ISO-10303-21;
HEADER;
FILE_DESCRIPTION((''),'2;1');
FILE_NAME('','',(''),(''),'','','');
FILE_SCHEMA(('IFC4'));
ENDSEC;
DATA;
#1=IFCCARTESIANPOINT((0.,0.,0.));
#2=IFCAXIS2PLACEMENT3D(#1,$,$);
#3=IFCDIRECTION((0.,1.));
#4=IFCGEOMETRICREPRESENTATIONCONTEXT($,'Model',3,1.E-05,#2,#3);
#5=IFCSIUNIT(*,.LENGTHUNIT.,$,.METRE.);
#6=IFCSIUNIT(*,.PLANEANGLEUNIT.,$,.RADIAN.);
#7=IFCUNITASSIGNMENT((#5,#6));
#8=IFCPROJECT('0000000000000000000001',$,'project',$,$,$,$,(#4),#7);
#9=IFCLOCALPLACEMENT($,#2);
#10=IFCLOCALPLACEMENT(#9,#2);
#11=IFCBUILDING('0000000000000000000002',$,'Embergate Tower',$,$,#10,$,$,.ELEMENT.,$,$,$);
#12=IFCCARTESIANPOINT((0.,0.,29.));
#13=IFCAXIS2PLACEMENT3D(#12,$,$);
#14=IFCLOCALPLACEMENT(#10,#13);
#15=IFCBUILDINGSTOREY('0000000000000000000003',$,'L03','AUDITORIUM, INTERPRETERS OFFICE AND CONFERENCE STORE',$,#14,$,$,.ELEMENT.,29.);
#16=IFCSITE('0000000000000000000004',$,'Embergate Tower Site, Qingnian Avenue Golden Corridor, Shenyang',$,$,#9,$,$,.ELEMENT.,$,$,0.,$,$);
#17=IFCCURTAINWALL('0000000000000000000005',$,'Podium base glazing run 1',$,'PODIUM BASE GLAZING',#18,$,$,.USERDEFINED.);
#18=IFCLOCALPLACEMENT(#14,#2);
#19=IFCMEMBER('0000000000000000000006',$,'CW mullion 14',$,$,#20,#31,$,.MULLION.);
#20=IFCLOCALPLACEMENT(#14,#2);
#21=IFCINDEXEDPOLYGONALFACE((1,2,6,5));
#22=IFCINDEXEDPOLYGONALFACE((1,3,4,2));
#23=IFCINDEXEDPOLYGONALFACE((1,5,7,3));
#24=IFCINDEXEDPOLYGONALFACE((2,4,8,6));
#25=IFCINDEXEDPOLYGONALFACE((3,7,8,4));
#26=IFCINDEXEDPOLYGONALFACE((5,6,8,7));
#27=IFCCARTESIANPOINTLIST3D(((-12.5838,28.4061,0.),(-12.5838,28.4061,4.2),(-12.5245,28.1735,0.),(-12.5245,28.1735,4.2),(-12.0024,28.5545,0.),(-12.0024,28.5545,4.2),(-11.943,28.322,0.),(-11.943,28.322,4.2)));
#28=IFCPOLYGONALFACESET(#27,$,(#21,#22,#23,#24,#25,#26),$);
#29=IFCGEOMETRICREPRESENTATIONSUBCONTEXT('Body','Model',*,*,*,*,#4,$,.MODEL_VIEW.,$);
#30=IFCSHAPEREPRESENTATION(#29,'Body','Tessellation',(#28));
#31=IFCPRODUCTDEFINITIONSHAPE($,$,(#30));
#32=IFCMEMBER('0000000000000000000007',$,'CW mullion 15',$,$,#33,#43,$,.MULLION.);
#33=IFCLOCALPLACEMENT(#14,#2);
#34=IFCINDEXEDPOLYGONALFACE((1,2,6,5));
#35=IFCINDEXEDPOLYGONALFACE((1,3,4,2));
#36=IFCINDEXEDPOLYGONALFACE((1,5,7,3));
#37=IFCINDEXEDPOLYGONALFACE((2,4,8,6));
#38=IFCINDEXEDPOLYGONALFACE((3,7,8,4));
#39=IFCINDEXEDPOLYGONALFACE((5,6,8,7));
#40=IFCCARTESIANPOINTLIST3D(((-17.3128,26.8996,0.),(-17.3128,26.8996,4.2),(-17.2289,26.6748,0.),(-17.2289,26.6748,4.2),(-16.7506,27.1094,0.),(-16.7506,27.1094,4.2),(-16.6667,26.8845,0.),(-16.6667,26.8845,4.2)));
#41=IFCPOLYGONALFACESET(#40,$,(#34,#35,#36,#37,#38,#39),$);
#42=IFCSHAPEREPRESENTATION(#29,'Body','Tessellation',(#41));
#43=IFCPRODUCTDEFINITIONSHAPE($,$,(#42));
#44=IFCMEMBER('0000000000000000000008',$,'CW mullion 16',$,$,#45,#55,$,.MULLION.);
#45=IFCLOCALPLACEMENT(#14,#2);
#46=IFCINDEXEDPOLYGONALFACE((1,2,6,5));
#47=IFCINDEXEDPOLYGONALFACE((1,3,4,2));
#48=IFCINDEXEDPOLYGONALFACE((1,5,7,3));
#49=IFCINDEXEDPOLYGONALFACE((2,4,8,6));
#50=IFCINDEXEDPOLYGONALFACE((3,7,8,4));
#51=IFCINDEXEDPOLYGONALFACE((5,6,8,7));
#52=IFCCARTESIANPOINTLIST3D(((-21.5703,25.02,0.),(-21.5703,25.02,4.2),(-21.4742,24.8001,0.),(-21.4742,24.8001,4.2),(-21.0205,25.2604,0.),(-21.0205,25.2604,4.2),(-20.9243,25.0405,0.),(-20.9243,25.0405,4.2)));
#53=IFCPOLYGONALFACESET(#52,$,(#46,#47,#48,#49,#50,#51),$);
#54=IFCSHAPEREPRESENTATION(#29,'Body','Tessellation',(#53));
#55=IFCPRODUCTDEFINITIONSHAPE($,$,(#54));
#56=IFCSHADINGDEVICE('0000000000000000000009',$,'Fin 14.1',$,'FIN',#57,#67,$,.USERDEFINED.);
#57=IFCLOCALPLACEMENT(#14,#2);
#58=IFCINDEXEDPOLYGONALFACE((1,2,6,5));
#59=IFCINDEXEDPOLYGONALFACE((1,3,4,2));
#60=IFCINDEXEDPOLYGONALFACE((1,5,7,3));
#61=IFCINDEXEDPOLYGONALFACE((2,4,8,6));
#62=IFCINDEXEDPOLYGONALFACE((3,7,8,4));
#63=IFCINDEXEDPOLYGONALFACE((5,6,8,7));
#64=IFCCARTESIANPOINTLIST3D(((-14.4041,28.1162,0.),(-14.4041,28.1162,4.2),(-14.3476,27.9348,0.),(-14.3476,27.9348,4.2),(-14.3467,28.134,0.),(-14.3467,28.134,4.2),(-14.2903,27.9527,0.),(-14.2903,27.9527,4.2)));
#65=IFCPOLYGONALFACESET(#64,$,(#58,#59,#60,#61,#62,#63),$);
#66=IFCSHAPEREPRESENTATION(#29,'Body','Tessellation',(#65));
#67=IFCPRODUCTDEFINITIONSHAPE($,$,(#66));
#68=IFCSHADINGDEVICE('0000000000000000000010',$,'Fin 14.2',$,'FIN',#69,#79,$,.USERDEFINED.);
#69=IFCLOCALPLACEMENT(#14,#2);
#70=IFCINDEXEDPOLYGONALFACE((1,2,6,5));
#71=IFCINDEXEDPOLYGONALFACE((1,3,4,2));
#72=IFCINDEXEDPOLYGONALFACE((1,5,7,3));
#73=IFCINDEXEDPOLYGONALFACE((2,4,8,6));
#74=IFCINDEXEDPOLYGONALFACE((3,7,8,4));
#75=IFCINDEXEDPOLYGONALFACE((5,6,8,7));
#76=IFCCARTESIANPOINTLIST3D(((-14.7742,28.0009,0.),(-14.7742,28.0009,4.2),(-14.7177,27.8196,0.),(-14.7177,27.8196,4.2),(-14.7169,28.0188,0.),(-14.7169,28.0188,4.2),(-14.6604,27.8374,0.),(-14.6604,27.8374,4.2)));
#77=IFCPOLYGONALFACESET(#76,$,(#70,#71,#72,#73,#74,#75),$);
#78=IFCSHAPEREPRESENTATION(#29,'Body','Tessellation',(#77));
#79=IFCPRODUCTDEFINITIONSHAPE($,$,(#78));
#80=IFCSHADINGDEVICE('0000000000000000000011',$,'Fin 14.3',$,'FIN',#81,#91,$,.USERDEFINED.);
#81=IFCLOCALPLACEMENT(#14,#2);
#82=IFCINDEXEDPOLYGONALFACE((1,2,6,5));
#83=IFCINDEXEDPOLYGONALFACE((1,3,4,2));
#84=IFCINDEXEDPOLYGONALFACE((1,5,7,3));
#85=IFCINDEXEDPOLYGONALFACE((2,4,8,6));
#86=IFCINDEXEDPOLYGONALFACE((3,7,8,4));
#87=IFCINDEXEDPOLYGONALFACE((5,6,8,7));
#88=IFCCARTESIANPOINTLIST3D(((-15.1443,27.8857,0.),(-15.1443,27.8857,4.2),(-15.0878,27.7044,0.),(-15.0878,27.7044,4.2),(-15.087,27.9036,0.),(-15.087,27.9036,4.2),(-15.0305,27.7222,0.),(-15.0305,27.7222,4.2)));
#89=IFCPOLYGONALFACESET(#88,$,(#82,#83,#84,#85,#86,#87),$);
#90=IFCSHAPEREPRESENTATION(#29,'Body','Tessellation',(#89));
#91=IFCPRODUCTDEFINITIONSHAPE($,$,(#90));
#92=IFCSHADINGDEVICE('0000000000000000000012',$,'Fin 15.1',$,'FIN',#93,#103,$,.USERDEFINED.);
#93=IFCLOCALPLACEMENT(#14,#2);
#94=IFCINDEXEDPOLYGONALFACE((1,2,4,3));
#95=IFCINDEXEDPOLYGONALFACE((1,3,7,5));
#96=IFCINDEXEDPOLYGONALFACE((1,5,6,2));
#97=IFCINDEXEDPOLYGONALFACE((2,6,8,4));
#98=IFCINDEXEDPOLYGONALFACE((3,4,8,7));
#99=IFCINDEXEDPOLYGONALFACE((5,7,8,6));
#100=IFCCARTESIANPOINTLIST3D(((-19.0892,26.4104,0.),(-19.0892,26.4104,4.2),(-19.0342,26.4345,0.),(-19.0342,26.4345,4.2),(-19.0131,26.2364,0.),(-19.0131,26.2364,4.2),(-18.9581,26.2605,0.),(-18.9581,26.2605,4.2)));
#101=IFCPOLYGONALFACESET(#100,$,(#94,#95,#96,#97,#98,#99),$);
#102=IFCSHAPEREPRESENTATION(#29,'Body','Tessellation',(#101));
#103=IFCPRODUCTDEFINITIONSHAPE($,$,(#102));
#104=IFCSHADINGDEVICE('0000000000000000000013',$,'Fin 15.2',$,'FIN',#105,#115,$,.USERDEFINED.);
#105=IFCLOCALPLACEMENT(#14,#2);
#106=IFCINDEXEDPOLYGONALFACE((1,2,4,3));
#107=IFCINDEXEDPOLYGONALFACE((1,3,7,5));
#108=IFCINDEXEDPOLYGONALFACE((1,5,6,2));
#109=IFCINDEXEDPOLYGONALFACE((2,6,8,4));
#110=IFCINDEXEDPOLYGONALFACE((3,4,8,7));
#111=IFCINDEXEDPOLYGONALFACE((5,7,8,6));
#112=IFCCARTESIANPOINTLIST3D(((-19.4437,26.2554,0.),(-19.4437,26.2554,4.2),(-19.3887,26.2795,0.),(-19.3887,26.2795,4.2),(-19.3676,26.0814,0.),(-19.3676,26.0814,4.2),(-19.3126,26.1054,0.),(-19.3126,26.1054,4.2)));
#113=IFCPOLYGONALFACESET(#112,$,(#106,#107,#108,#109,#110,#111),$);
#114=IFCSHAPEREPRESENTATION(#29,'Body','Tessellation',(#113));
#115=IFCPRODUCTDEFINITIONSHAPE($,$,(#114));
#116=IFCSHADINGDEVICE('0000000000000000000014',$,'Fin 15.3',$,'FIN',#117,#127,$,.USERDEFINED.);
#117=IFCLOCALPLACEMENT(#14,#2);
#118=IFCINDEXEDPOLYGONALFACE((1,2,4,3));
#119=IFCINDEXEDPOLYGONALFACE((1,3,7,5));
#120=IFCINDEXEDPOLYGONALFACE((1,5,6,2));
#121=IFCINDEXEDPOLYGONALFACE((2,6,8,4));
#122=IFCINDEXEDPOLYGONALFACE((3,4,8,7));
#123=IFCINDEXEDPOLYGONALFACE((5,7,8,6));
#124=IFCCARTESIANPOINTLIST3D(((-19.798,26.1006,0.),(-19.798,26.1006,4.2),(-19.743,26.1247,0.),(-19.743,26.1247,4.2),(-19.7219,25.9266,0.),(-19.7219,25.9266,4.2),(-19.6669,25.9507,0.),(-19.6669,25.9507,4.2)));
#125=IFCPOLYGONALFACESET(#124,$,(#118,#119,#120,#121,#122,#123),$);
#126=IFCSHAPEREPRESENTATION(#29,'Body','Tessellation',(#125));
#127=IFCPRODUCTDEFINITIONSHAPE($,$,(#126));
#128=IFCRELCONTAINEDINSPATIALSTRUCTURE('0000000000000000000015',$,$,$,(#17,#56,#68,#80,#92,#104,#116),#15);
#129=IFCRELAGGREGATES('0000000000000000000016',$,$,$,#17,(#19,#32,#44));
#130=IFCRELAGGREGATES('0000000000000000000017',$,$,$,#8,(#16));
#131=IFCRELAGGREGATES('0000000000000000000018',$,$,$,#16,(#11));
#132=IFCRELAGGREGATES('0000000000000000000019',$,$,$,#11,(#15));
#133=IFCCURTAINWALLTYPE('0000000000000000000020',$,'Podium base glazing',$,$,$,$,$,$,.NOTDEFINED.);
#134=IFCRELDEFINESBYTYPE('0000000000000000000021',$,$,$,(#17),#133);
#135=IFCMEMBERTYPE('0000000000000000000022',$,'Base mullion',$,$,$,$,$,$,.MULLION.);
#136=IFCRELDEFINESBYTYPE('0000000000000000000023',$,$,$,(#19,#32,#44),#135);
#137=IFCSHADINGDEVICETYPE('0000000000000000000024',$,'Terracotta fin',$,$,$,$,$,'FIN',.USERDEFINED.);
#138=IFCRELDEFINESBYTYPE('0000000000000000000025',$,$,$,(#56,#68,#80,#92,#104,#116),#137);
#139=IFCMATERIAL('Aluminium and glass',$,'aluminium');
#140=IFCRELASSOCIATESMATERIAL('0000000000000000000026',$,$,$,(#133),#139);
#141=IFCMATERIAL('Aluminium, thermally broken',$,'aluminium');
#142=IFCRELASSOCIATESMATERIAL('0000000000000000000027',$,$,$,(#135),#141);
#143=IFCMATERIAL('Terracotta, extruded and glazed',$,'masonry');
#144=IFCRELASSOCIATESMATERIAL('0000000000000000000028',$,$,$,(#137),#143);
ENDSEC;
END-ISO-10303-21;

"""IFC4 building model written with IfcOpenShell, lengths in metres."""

from ifc_helpers import new_model, si_unit, direction, frame, origin, origin_2d, place, context, subcontext, project, spatial, rectangle, extrude, source, transform, mapped, material, material_profile, profile_set, type_object, element, aggregate, save


model = new_model("IFC4")

# Units and contexts
model_context = context("Model", 3, precision=1e-05, world=origin(), true_north=direction((0.0, 1.0)))
body_context = subcontext(model_context, "Body", "Model", "MODEL_VIEW")
ifc_project = project(units=[si_unit("LENGTHUNIT", "METRE"), si_unit("PLANEANGLEUNIT", "RADIAN")], contexts=[model_context])

# Site, building, storey
site_placement = place(None, origin())
site = spatial("IfcSite", under=ifc_project, at=site_placement, Name="Embergate Tower Site, Qingnian Avenue Golden Corridor, Shenyang", CompositionType="ELEMENT", RefElevation=0.0)
building_placement = place(site_placement, origin())
building = spatial("IfcBuilding", under=site, at=building_placement, Name="Embergate Tower", CompositionType="ELEMENT")
storey_placement = place(building_placement, frame((0.0, 0.0, 29.0)))
storey = spatial("IfcBuildingStorey", under=building, at=storey_placement, Name="L03", Description="AUDITORIUM, INTERPRETERS OFFICE AND CONFERENCE STORE", CompositionType="ELEMENT", Elevation=29.0)

# Curtain wall, members
ifc_material_1 = material(Name="Aluminium and glass", Category="aluminium")
curtain_wall_type = type_object("IfcCurtainWallType", Name="Podium base glazing", PredefinedType="NOTDEFINED", material=ifc_material_1)
curtain_wall_placement = place(storey_placement, origin())
curtain_wall = element("IfcCurtainWall", 1, at=curtain_wall_placement, inside=storey, type_object=curtain_wall_type, Name="Podium base glazing run 1", ObjectType="PODIUM BASE GLAZING", PredefinedType="USERDEFINED")
ifc_material_2 = material(Name="Aluminium, thermally broken", Category="aluminium")
ifc_material_profile_1 = material_profile(ifc_material_2, rectangle(XDim=0.24, YDim=0.6001, at=origin_2d()), Name="AL 600x240")
ifc_profile_set_1 = profile_set([ifc_material_profile_1], Name="Aluminium, thermally broken")
member_type = type_object("IfcMemberType", Name="Base mullion", PredefinedType="MULLION", material=ifc_profile_set_1)
shared_shape_1 = source(origin(), body_context, "Body", "SweptSolid", [
    extrude(rectangle(XDim=0.24, YDim=0.6001, at=origin_2d()), origin(), (0.0, 0.0, 1.0), 4.2),
])
member_1_placement = place(storey_placement, frame((-12.2634, 28.364, 0.0), z_axis=(0.0, 0.0, 1.0), x_axis=(0.247317, -0.968935, 0.0)))
member_1 = element("IfcMember", 2, at=member_1_placement, type_object=member_type, Name="CW mullion 14", PredefinedType="MULLION", context=body_context, shape_type="MappedRepresentation", body=[
    mapped(shared_shape_1, transform((0.0, 0.0, 0.0))),
])
member_2_placement = place(storey_placement, frame((-16.9897, 26.8921, 0.0), z_axis=(0.0, 0.0, 1.0), x_axis=(0.349509, -0.936933, 0.0)))
member_2 = element("IfcMember", 3, at=member_2_placement, type_object=member_type, Name="CW mullion 15", PredefinedType="MULLION", context=body_context, shape_type="MappedRepresentation", body=[
    mapped(shared_shape_1, transform((0.0, 0.0, 0.0))),
])
member_3_placement = place(storey_placement, frame((-21.2473, 25.0303, 0.0), z_axis=(0.0, 0.0, 1.0), x_axis=(0.400648, -0.916232, 0.0)))
member_3 = element("IfcMember", 4, at=member_3_placement, type_object=member_type, Name="CW mullion 16", PredefinedType="MULLION", context=body_context, shape_type="MappedRepresentation", body=[
    mapped(shared_shape_1, transform((0.0, 0.0, 0.0))),
])
aggregate(curtain_wall, [member_1, member_2, member_3])

# Shading devices
ifc_material_3 = material(Name="Terracotta, extruded and glazed", Category="masonry")
ifc_material_profile_2 = material_profile(ifc_material_3, rectangle(XDim=0.1899, YDim=0.0601, at=origin_2d()), Name="TC 190x60")
ifc_profile_set_2 = profile_set([ifc_material_profile_2], Name="Terracotta, extruded and glazed")
shading_device_type = type_object("IfcShadingDeviceType", Name="Terracotta fin", ElementType="FIN", PredefinedType="USERDEFINED", material=ifc_profile_set_2)
shared_shape_2 = source(origin(), body_context, "Body", "SweptSolid", [
    extrude(rectangle(XDim=0.1899, YDim=0.0601, at=origin_2d()), origin(), (0.0, 0.0, 1.0), 4.2),
])
for number, where, z_axis, x_axis, name in (
    (5, (-14.3472, 28.0344, 0.0), (0.0, 0.0, 1.0), (0.297347, -0.95477, 0.0), "Fin 14.1"),
    (6, (-14.7173, 27.9192, 0.0), (0.0, 0.0, 1.0), (0.297347, -0.95477, 0.0), "Fin 14.2"),
    (7, (-15.0874, 27.804, 0.0), (0.0, 0.0, 1.0), (0.297347, -0.95477, 0.0), "Fin 14.3"),
    (8, (-19.0237, 26.3354, 0.0), (0.0, 0.0, 1.0), (0.400648, -0.916232, 0.0), "Fin 15.1"),
    (9, (-19.3782, 26.1804, 0.0), (0.0, 0.0, 1.0), (0.400648, -0.916232, 0.0), "Fin 15.2"),
    (10, (-19.7324, 26.0256, 0.0), (0.0, 0.0, 1.0), (0.400648, -0.916232, 0.0), "Fin 15.3"),
):
    element("IfcShadingDevice", number, at=place(storey_placement, frame(where, z_axis=z_axis, x_axis=x_axis)), inside=storey, type_object=shading_device_type, Name=name, ObjectType="FIN", PredefinedType="USERDEFINED", context=body_context, shape_type="MappedRepresentation", body=[
        mapped(shared_shape_2, transform((0.0, 0.0, 0.0))),
    ])

save(model, "model.ifc")
